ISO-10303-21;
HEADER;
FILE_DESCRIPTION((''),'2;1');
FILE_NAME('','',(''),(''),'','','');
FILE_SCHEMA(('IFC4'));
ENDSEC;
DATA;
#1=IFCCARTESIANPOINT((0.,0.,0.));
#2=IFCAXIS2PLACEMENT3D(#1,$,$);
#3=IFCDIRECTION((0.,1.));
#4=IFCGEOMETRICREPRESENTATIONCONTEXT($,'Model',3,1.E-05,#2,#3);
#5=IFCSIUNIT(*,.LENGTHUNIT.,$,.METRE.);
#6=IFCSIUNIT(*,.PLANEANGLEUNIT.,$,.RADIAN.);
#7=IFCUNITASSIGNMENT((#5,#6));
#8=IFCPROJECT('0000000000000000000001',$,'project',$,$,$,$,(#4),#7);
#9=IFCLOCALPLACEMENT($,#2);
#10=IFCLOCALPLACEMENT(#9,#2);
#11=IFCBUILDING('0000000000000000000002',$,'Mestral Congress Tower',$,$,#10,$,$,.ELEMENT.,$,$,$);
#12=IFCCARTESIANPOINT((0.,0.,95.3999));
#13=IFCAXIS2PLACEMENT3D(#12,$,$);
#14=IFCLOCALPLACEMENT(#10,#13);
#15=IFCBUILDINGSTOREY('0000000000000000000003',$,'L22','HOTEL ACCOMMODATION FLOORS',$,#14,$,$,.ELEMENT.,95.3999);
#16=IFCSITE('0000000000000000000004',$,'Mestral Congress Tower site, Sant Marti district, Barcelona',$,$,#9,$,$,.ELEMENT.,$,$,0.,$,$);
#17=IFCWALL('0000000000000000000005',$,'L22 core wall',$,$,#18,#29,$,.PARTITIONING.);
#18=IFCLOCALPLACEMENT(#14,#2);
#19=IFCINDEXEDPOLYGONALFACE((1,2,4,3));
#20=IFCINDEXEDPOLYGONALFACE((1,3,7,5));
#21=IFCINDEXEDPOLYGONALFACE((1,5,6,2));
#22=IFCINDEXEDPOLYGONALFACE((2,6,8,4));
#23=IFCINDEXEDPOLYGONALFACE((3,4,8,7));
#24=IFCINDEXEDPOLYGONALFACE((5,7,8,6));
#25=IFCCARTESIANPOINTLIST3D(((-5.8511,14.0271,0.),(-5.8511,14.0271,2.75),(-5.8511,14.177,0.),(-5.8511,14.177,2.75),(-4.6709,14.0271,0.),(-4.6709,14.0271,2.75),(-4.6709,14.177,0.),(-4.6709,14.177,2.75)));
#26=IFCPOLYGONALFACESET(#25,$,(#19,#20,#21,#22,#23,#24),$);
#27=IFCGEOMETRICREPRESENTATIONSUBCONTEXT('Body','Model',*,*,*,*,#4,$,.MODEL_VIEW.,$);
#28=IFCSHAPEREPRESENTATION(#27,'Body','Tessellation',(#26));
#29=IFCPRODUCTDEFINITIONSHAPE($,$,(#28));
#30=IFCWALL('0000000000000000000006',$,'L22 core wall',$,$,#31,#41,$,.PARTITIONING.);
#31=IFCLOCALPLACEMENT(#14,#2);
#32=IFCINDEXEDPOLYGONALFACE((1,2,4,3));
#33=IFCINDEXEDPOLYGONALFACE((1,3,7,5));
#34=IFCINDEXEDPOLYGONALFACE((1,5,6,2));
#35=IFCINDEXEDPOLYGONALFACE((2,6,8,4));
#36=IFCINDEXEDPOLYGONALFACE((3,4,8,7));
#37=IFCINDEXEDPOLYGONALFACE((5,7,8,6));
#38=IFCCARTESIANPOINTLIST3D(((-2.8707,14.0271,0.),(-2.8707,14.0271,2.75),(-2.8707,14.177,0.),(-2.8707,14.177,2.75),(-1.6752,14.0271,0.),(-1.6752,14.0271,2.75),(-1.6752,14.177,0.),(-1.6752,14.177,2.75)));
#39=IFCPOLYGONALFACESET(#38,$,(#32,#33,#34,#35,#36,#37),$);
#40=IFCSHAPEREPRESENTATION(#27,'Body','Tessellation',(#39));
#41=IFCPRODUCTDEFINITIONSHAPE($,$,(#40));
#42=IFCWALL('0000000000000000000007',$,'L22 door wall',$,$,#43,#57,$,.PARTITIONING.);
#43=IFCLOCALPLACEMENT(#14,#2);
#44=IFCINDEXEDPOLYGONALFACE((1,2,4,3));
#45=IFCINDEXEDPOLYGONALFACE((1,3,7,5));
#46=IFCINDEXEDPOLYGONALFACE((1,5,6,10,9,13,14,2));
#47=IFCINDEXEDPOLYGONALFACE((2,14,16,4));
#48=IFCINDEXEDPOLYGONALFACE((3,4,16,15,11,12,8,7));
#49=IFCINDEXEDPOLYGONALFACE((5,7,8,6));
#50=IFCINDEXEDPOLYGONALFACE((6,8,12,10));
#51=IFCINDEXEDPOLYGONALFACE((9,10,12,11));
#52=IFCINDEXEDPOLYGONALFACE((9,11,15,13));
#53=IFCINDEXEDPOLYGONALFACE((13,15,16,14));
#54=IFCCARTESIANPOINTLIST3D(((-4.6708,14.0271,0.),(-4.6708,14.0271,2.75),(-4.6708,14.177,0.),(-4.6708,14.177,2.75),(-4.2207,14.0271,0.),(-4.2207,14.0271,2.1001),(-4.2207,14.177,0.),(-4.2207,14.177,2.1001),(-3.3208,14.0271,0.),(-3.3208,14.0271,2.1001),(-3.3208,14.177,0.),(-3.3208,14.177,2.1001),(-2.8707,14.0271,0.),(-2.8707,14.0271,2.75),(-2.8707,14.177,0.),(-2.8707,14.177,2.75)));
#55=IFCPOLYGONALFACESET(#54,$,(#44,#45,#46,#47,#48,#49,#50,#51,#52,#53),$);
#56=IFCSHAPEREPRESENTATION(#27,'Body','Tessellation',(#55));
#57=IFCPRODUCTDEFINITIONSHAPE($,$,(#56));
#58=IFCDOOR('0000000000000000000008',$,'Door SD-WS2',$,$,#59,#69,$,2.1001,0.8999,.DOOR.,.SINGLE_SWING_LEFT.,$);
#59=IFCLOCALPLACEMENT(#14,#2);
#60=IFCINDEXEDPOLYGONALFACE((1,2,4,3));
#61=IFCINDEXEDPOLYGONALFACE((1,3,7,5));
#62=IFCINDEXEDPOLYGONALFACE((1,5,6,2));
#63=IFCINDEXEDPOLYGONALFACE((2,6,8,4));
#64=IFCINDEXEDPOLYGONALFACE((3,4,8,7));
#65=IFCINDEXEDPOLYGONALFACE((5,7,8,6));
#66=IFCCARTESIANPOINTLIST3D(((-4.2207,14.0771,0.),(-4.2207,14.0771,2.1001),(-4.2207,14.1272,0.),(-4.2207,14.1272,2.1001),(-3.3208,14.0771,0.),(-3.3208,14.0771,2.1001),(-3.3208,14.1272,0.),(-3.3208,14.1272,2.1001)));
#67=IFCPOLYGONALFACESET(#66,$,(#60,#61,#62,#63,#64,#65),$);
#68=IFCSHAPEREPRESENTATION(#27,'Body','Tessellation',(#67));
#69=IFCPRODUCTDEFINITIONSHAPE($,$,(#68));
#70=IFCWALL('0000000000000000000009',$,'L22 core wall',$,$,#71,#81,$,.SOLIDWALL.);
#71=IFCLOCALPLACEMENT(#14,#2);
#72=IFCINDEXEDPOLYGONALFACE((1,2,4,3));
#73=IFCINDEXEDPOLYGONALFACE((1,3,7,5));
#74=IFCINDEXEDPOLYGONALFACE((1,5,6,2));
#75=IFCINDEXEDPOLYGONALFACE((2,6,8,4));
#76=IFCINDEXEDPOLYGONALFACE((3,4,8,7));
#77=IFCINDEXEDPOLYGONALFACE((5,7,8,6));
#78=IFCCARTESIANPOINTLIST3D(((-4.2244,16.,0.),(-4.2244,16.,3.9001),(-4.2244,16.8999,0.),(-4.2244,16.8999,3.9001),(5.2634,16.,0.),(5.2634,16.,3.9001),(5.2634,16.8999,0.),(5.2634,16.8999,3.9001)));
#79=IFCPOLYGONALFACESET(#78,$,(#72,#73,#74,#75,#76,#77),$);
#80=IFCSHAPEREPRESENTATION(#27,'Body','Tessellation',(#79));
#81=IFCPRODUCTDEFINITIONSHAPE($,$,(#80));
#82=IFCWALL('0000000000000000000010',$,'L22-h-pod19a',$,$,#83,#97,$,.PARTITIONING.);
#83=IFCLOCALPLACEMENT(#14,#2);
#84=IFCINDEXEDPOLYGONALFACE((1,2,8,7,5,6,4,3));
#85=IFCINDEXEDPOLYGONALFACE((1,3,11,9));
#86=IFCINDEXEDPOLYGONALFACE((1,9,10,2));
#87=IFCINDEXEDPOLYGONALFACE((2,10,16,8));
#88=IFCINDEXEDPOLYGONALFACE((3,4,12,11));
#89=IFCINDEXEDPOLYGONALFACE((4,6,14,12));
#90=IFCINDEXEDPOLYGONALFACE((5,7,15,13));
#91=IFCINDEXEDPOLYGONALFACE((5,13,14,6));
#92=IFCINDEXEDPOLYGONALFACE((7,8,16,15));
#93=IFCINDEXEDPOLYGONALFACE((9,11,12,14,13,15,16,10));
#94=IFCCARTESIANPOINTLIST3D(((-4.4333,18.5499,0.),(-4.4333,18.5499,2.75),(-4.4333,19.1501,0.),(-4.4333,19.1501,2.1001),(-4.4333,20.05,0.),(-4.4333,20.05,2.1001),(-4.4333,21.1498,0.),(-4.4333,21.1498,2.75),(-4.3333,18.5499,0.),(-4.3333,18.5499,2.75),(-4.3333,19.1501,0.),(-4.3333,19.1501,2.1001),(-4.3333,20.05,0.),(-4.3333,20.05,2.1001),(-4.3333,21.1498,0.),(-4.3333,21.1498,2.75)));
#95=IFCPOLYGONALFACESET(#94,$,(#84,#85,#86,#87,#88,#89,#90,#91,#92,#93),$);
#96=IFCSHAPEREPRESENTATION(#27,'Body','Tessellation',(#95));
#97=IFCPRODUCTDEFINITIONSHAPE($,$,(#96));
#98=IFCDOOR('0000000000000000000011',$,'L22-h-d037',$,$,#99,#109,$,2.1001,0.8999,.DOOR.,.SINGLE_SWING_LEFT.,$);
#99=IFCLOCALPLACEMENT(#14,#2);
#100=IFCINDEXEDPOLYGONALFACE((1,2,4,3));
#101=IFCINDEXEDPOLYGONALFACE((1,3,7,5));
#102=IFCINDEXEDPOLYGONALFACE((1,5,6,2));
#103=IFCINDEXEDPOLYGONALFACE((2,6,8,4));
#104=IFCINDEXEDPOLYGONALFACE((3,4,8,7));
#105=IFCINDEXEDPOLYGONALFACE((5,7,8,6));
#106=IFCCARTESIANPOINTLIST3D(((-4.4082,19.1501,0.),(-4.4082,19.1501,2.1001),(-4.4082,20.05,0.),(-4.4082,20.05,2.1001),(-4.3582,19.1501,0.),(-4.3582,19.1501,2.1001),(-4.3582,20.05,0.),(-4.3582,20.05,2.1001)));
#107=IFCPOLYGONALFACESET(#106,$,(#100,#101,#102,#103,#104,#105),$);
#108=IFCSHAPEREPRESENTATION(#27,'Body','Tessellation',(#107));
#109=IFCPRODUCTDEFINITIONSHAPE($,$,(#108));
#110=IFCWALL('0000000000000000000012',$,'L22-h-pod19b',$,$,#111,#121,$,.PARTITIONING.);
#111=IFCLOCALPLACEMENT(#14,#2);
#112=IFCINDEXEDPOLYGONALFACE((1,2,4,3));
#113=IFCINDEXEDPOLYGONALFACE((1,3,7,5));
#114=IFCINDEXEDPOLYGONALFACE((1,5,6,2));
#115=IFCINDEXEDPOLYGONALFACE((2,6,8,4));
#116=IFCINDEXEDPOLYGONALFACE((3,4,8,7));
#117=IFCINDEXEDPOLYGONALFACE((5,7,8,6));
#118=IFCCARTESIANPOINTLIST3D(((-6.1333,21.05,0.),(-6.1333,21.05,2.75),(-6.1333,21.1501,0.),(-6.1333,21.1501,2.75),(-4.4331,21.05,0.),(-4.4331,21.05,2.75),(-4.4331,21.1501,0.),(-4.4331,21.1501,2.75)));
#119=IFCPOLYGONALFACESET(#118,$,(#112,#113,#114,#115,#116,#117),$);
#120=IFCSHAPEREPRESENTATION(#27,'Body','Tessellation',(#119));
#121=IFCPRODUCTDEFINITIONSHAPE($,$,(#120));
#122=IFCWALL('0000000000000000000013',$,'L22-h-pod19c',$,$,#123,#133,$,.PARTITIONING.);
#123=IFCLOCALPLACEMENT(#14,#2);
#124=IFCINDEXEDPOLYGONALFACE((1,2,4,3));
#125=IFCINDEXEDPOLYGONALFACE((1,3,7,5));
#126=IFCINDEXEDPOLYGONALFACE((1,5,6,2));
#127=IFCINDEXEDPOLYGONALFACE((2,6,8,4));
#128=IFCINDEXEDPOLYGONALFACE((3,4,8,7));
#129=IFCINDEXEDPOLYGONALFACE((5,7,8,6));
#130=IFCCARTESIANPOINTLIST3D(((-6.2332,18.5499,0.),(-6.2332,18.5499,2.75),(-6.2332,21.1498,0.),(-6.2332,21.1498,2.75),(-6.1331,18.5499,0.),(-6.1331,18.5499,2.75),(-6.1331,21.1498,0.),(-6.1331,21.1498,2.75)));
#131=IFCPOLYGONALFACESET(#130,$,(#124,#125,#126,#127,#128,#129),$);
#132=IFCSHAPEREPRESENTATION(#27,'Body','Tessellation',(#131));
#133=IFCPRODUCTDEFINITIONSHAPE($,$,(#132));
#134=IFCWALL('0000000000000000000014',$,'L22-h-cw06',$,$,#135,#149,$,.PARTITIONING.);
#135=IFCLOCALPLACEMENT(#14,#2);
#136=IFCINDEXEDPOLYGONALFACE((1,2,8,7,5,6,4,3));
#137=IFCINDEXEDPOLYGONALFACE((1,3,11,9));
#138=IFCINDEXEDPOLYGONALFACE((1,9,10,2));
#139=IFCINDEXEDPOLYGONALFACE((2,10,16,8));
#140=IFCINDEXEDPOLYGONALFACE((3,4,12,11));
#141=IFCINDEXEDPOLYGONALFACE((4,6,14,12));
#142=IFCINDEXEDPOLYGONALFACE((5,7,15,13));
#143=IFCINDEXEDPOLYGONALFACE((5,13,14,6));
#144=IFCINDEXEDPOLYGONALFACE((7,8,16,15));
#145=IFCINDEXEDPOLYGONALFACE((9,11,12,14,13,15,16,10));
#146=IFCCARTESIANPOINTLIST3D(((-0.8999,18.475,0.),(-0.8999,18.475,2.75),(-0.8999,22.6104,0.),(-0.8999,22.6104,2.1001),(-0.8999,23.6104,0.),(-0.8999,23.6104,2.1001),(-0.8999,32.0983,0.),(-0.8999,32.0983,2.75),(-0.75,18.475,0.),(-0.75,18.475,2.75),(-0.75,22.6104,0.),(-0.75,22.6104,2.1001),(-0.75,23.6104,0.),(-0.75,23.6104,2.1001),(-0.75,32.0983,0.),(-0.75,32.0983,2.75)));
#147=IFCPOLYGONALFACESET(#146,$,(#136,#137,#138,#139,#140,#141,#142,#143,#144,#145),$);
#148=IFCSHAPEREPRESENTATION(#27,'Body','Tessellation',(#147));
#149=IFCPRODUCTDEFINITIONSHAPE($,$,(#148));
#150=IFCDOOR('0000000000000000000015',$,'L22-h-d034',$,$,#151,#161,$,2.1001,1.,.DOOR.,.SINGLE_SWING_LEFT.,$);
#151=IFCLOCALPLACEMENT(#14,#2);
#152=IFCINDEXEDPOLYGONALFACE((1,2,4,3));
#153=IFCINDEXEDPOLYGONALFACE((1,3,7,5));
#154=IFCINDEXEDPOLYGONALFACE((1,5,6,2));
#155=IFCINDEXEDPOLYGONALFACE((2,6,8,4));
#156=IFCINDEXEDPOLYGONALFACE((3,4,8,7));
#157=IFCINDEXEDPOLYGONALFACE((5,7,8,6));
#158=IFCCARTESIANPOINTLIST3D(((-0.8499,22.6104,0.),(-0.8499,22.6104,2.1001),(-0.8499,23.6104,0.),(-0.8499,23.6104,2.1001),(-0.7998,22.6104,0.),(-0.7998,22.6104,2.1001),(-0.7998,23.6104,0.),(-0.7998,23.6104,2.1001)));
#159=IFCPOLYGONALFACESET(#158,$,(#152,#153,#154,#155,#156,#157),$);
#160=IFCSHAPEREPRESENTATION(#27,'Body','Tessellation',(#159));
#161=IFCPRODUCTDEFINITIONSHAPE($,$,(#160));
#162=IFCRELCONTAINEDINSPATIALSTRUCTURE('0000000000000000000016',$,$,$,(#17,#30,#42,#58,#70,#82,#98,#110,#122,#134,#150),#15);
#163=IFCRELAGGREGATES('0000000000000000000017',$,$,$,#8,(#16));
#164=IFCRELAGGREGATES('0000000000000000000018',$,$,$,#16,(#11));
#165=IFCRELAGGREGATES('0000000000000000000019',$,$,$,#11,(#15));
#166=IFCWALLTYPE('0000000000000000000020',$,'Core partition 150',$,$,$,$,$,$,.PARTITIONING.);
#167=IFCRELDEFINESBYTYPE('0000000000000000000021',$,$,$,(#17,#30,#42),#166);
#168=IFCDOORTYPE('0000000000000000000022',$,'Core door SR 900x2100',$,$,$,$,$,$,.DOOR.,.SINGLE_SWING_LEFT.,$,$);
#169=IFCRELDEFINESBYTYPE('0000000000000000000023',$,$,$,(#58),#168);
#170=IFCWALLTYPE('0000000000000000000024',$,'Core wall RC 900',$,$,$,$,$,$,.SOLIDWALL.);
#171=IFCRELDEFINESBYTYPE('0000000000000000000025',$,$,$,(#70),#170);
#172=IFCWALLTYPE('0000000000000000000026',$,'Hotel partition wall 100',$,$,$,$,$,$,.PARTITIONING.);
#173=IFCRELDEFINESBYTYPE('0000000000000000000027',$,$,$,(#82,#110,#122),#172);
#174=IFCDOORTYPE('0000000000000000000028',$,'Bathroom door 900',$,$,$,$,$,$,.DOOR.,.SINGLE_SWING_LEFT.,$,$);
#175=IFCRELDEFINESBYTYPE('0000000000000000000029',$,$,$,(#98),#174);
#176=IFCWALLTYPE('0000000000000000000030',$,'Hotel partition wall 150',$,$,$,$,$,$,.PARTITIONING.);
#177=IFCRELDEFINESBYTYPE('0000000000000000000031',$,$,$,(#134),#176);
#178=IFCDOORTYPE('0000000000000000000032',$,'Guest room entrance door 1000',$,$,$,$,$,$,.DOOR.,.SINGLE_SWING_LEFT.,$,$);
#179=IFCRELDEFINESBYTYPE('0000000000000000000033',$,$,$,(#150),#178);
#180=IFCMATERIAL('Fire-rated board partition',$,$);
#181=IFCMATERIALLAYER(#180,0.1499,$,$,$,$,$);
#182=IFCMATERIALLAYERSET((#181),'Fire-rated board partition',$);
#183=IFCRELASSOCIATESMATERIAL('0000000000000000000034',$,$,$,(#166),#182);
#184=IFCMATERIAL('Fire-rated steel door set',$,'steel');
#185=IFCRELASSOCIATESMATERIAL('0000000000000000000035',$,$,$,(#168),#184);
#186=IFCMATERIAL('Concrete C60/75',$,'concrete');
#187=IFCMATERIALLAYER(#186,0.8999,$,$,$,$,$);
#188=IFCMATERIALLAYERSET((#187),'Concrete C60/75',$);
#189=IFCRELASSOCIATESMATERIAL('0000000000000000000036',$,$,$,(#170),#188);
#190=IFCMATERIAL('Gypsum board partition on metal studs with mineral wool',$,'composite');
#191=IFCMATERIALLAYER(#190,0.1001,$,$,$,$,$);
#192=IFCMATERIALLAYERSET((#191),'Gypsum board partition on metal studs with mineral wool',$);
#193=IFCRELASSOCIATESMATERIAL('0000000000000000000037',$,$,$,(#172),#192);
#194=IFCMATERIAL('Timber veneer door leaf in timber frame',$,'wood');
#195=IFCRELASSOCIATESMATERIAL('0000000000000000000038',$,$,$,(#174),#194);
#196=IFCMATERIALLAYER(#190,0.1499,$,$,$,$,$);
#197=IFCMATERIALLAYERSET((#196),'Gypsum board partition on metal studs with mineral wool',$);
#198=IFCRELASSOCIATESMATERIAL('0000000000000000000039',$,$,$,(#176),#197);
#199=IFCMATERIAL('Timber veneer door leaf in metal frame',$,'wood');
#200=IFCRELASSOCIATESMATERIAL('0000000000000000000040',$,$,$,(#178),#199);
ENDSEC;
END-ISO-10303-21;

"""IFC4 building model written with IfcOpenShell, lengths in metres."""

from ifc_helpers import new_model, si_unit, direction, frame, frame_2d, origin, place, context, subcontext, project, spatial, rectangle, extrude, material, layer, layer_set, type_object, element, fill, save


model = new_model("IFC4")

# Units and contexts
model_context = context("Model", 3, precision=1e-05, world=origin(), true_north=direction((0.0, 1.0)))
body_context = subcontext(model_context, "Body", "Model", "MODEL_VIEW")
ifc_project = project(units=[si_unit("LENGTHUNIT", "METRE"), si_unit("PLANEANGLEUNIT", "RADIAN")], contexts=[model_context])

# Site, building, storey
site_placement = place(None, origin())
site = spatial("IfcSite", under=ifc_project, at=site_placement, Name="Mestral Congress Tower site, Sant Marti district, Barcelona", CompositionType="ELEMENT", RefElevation=0.0)
building_placement = place(site_placement, origin())
building = spatial("IfcBuilding", under=site, at=building_placement, Name="Mestral Congress Tower", CompositionType="ELEMENT")
storey_placement = place(building_placement, frame((0.0, 0.0, 95.3999)))
storey = spatial("IfcBuildingStorey", under=building, at=storey_placement, Name="L22", Description="HOTEL ACCOMMODATION FLOORS", CompositionType="ELEMENT", Elevation=95.3999)

# Walls
ifc_material_1 = material(Name="Fire-rated board partition")
ifc_layer_1 = layer(ifc_material_1, 0.1499)
ifc_layer_set_1 = layer_set([ifc_layer_1], Name="Fire-rated board partition")
wall_type_1 = type_object("IfcWallType", Name="Core partition 150", PredefinedType="PARTITIONING", material=ifc_layer_set_1)
wall_1_placement = place(storey_placement, frame((-5.8511, 14.1021, 0.0), z_axis=(0.0, 0.0, 1.0), x_axis=(1.0, 0.0, 0.0)))
element("IfcWall", 1, at=wall_1_placement, inside=storey, type_object=wall_type_1, Name="L22 core wall", PredefinedType="PARTITIONING", context=body_context, shape_type="SweptSolid", body=[
    extrude(rectangle(XDim=1.1802, YDim=0.1499, at=frame_2d((0.5901, 0.0))), origin(), (0.0, 0.0, 1.0), 2.75),
])
wall_2_placement = place(storey_placement, frame((-2.8706, 14.1021, 0.0), z_axis=(0.0, 0.0, 1.0), x_axis=(1.0, 0.0, 0.0)))
element("IfcWall", 2, at=wall_2_placement, inside=storey, type_object=wall_type_1, Name="L22 core wall", PredefinedType="PARTITIONING", context=body_context, shape_type="SweptSolid", body=[
    extrude(rectangle(XDim=1.1956, YDim=0.1499, at=frame_2d((0.5977, 0.0))), origin(), (0.0, 0.0, 1.0), 2.75),
])

# Wall, opening, door
wall_3_placement = place(storey_placement, frame((-2.8708, 14.1021, 0.0), z_axis=(0.0, 0.0, 1.0), x_axis=(-1.0, 0.0, 0.0)))
wall_3 = element("IfcWall", 3, at=wall_3_placement, inside=storey, type_object=wall_type_1, Name="L22 door wall", PredefinedType="PARTITIONING", context=body_context, shape_type="SweptSolid", body=[
    extrude(rectangle(XDim=1.8, YDim=0.1499, at=frame_2d((0.8999, 0.0))), origin(), (0.0, 0.0, 1.0), 2.75),
])
opening_1_placement = place(wall_3_placement, frame((0.45, 0.0, 0.0)))
opening_1 = element("IfcOpeningElement", 4, at=opening_1_placement, cuts=wall_3, PredefinedType="OPENING", context=body_context, shape_type="SweptSolid", body=[
    extrude(rectangle(XDim=0.8999, YDim=2.1001, at=frame_2d((0.45, 1.05))), frame((0.0, 0.085, 0.0), z_axis=(0.0, -1.0, 0.0), x_axis=(1.0, 0.0, 0.0)), (0.0, 0.0, 1.0), 0.1699),
])
ifc_material_2 = material(Name="Fire-rated steel door set", Category="steel")
door_type_1 = type_object("IfcDoorType", Name="Core door SR 900x2100", OperationType="SINGLE_SWING_LEFT", PredefinedType="DOOR", material=ifc_material_2)
door_1_placement = place(opening_1_placement, origin())
door_1 = element("IfcDoor", 5, at=door_1_placement, inside=storey, type_object=door_type_1, Name="Door SD-WS2", OperationType="SINGLE_SWING_LEFT", OverallHeight=2.1001, OverallWidth=0.8999, PredefinedType="DOOR", context=body_context, shape_type="SweptSolid", body=[
    extrude(rectangle(XDim=0.8999, YDim=2.1001, at=frame_2d((0.45, 1.05))), frame((0.0, 0.0249, 0.0), z_axis=(0.0, -1.0, 0.0), x_axis=(1.0, 0.0, 0.0)), (0.0, 0.0, 1.0), 0.05),
])
fill(opening_1, door_1)

# Wall
ifc_material_3 = material(Name="Concrete C60/75", Category="concrete")
ifc_layer_2 = layer(ifc_material_3, 0.8999)
ifc_layer_set_2 = layer_set([ifc_layer_2], Name="Concrete C60/75")
wall_type_2 = type_object("IfcWallType", Name="Core wall RC 900", PredefinedType="SOLIDWALL", material=ifc_layer_set_2)
wall_4_placement = place(storey_placement, frame((-4.2244, 16.45, 0.0), z_axis=(0.0, 0.0, 1.0), x_axis=(1.0, 0.0, 0.0)))
element("IfcWall", 6, at=wall_4_placement, inside=storey, type_object=wall_type_2, Name="L22 core wall", PredefinedType="SOLIDWALL", context=body_context, shape_type="SweptSolid", body=[
    extrude(rectangle(XDim=9.4878, YDim=0.8999, at=frame_2d((4.7439, 0.0))), origin(), (0.0, 0.0, 1.0), 3.9001),
])

# Wall, opening, door
ifc_material_4 = material(Name="Gypsum board partition on metal studs with mineral wool", Category="composite")
ifc_layer_3 = layer(ifc_material_4, 0.1001)
ifc_layer_set_3 = layer_set([ifc_layer_3], Name="Gypsum board partition on metal studs with mineral wool")
wall_type_3 = type_object("IfcWallType", Name="Hotel partition wall 100", PredefinedType="PARTITIONING", material=ifc_layer_set_3)
wall_5_placement = place(storey_placement, frame((-4.3833, 18.55, 0.0), z_axis=(0.0, 0.0, 1.0), x_axis=(0.0, 1.0, 0.0)))
wall_5 = element("IfcWall", 7, at=wall_5_placement, inside=storey, type_object=wall_type_3, Name="L22-h-pod19a", PredefinedType="PARTITIONING", context=body_context, shape_type="SweptSolid", body=[
    extrude(rectangle(XDim=2.5999, YDim=0.1001, at=frame_2d((1.2998, 0.0))), origin(), (0.0, 0.0, 1.0), 2.75),
])
opening_2_placement = place(wall_5_placement, frame((0.6001, 0.0, 0.0)))
opening_2 = element("IfcOpeningElement", 8, at=opening_2_placement, cuts=wall_5, PredefinedType="OPENING", context=body_context, shape_type="SweptSolid", body=[
    extrude(rectangle(XDim=0.8999, YDim=2.1001, at=frame_2d((0.45, 1.05))), frame((0.0, 0.0601, 0.0), z_axis=(0.0, -1.0, 0.0), x_axis=(1.0, 0.0, 0.0)), (0.0, 0.0, 1.0), 0.1201),
])
ifc_material_5 = material(Name="Timber veneer door leaf in timber frame", Category="wood")
door_type_2 = type_object("IfcDoorType", Name="Bathroom door 900", OperationType="SINGLE_SWING_LEFT", PredefinedType="DOOR", material=ifc_material_5)
door_2_placement = place(opening_2_placement, origin())
door_2 = element("IfcDoor", 9, at=door_2_placement, inside=storey, type_object=door_type_2, Name="L22-h-d037", OperationType="SINGLE_SWING_LEFT", OverallHeight=2.1001, OverallWidth=0.8999, PredefinedType="DOOR", context=body_context, shape_type="SweptSolid", body=[
    extrude(rectangle(XDim=0.8999, YDim=2.1001, at=frame_2d((0.45, 1.05))), frame((0.0, 0.0249, 0.0), z_axis=(0.0, -1.0, 0.0), x_axis=(1.0, 0.0, 0.0)), (0.0, 0.0, 1.0), 0.05),
])
fill(opening_2, door_2)

# Walls
wall_6_placement = place(storey_placement, frame((-4.4331, 21.1001, 0.0), z_axis=(0.0, 0.0, 1.0), x_axis=(-1.0, 0.0, 0.0)))
element("IfcWall", 10, at=wall_6_placement, inside=storey, type_object=wall_type_3, Name="L22-h-pod19b", PredefinedType="PARTITIONING", context=body_context, shape_type="SweptSolid", body=[
    extrude(rectangle(XDim=1.7002, YDim=0.1001, at=frame_2d((0.8501, 0.0))), origin(), (0.0, 0.0, 1.0), 2.75),
])
wall_7_placement = place(storey_placement, frame((-6.1831, 18.55, 0.0), z_axis=(0.0, 0.0, 1.0), x_axis=(0.0, 1.0, 0.0)))
element("IfcWall", 11, at=wall_7_placement, inside=storey, type_object=wall_type_3, Name="L22-h-pod19c", PredefinedType="PARTITIONING", context=body_context, shape_type="SweptSolid", body=[
    extrude(rectangle(XDim=2.5999, YDim=0.1001, at=frame_2d((1.2998, 0.0))), origin(), (0.0, 0.0, 1.0), 2.75),
])

# Wall, opening, door
ifc_layer_4 = layer(ifc_material_4, 0.1499)
ifc_layer_set_4 = layer_set([ifc_layer_4], Name="Gypsum board partition on metal studs with mineral wool")
wall_type_4 = type_object("IfcWallType", Name="Hotel partition wall 150", PredefinedType="PARTITIONING", material=ifc_layer_set_4)
wall_8_placement = place(storey_placement, frame((-0.825, 18.4751, 0.0), z_axis=(0.0, 0.0, 1.0), x_axis=(0.0, 1.0, 0.0)))
wall_8 = element("IfcWall", 12, at=wall_8_placement, inside=storey, type_object=wall_type_4, Name="L22-h-cw06", PredefinedType="PARTITIONING", context=body_context, shape_type="SweptSolid", body=[
    extrude(rectangle(XDim=13.6233, YDim=0.1499, at=frame_2d((6.8115, 0.0))), origin(), (0.0, 0.0, 1.0), 2.75),
])
opening_3_placement = place(wall_8_placement, frame((4.1353, 0.0, 0.0)))
opening_3 = element("IfcOpeningElement", 13, at=opening_3_placement, cuts=wall_8, PredefinedType="OPENING", context=body_context, shape_type="SweptSolid", body=[
    extrude(rectangle(XDim=1.0, YDim=2.1001, at=frame_2d((0.5, 1.05))), frame((0.0, 0.085, 0.0), z_axis=(0.0, -1.0, 0.0), x_axis=(1.0, 0.0, 0.0)), (0.0, 0.0, 1.0), 0.1699),
])
ifc_material_6 = material(Name="Timber veneer door leaf in metal frame", Category="wood")
door_type_3 = type_object("IfcDoorType", Name="Guest room entrance door 1000", OperationType="SINGLE_SWING_LEFT", PredefinedType="DOOR", material=ifc_material_6)
door_3_placement = place(opening_3_placement, origin())
door_3 = element("IfcDoor", 14, at=door_3_placement, inside=storey, type_object=door_type_3, Name="L22-h-d034", OperationType="SINGLE_SWING_LEFT", OverallHeight=2.1001, OverallWidth=1.0, PredefinedType="DOOR", context=body_context, shape_type="SweptSolid", body=[
    extrude(rectangle(XDim=1.0, YDim=2.1001, at=frame_2d((0.5, 1.05))), frame((0.0, 0.0249, 0.0), z_axis=(0.0, -1.0, 0.0), x_axis=(1.0, 0.0, 0.0)), (0.0, 0.0, 1.0), 0.05),
])
fill(opening_3, door_3)

save(model, "model.ifc")
